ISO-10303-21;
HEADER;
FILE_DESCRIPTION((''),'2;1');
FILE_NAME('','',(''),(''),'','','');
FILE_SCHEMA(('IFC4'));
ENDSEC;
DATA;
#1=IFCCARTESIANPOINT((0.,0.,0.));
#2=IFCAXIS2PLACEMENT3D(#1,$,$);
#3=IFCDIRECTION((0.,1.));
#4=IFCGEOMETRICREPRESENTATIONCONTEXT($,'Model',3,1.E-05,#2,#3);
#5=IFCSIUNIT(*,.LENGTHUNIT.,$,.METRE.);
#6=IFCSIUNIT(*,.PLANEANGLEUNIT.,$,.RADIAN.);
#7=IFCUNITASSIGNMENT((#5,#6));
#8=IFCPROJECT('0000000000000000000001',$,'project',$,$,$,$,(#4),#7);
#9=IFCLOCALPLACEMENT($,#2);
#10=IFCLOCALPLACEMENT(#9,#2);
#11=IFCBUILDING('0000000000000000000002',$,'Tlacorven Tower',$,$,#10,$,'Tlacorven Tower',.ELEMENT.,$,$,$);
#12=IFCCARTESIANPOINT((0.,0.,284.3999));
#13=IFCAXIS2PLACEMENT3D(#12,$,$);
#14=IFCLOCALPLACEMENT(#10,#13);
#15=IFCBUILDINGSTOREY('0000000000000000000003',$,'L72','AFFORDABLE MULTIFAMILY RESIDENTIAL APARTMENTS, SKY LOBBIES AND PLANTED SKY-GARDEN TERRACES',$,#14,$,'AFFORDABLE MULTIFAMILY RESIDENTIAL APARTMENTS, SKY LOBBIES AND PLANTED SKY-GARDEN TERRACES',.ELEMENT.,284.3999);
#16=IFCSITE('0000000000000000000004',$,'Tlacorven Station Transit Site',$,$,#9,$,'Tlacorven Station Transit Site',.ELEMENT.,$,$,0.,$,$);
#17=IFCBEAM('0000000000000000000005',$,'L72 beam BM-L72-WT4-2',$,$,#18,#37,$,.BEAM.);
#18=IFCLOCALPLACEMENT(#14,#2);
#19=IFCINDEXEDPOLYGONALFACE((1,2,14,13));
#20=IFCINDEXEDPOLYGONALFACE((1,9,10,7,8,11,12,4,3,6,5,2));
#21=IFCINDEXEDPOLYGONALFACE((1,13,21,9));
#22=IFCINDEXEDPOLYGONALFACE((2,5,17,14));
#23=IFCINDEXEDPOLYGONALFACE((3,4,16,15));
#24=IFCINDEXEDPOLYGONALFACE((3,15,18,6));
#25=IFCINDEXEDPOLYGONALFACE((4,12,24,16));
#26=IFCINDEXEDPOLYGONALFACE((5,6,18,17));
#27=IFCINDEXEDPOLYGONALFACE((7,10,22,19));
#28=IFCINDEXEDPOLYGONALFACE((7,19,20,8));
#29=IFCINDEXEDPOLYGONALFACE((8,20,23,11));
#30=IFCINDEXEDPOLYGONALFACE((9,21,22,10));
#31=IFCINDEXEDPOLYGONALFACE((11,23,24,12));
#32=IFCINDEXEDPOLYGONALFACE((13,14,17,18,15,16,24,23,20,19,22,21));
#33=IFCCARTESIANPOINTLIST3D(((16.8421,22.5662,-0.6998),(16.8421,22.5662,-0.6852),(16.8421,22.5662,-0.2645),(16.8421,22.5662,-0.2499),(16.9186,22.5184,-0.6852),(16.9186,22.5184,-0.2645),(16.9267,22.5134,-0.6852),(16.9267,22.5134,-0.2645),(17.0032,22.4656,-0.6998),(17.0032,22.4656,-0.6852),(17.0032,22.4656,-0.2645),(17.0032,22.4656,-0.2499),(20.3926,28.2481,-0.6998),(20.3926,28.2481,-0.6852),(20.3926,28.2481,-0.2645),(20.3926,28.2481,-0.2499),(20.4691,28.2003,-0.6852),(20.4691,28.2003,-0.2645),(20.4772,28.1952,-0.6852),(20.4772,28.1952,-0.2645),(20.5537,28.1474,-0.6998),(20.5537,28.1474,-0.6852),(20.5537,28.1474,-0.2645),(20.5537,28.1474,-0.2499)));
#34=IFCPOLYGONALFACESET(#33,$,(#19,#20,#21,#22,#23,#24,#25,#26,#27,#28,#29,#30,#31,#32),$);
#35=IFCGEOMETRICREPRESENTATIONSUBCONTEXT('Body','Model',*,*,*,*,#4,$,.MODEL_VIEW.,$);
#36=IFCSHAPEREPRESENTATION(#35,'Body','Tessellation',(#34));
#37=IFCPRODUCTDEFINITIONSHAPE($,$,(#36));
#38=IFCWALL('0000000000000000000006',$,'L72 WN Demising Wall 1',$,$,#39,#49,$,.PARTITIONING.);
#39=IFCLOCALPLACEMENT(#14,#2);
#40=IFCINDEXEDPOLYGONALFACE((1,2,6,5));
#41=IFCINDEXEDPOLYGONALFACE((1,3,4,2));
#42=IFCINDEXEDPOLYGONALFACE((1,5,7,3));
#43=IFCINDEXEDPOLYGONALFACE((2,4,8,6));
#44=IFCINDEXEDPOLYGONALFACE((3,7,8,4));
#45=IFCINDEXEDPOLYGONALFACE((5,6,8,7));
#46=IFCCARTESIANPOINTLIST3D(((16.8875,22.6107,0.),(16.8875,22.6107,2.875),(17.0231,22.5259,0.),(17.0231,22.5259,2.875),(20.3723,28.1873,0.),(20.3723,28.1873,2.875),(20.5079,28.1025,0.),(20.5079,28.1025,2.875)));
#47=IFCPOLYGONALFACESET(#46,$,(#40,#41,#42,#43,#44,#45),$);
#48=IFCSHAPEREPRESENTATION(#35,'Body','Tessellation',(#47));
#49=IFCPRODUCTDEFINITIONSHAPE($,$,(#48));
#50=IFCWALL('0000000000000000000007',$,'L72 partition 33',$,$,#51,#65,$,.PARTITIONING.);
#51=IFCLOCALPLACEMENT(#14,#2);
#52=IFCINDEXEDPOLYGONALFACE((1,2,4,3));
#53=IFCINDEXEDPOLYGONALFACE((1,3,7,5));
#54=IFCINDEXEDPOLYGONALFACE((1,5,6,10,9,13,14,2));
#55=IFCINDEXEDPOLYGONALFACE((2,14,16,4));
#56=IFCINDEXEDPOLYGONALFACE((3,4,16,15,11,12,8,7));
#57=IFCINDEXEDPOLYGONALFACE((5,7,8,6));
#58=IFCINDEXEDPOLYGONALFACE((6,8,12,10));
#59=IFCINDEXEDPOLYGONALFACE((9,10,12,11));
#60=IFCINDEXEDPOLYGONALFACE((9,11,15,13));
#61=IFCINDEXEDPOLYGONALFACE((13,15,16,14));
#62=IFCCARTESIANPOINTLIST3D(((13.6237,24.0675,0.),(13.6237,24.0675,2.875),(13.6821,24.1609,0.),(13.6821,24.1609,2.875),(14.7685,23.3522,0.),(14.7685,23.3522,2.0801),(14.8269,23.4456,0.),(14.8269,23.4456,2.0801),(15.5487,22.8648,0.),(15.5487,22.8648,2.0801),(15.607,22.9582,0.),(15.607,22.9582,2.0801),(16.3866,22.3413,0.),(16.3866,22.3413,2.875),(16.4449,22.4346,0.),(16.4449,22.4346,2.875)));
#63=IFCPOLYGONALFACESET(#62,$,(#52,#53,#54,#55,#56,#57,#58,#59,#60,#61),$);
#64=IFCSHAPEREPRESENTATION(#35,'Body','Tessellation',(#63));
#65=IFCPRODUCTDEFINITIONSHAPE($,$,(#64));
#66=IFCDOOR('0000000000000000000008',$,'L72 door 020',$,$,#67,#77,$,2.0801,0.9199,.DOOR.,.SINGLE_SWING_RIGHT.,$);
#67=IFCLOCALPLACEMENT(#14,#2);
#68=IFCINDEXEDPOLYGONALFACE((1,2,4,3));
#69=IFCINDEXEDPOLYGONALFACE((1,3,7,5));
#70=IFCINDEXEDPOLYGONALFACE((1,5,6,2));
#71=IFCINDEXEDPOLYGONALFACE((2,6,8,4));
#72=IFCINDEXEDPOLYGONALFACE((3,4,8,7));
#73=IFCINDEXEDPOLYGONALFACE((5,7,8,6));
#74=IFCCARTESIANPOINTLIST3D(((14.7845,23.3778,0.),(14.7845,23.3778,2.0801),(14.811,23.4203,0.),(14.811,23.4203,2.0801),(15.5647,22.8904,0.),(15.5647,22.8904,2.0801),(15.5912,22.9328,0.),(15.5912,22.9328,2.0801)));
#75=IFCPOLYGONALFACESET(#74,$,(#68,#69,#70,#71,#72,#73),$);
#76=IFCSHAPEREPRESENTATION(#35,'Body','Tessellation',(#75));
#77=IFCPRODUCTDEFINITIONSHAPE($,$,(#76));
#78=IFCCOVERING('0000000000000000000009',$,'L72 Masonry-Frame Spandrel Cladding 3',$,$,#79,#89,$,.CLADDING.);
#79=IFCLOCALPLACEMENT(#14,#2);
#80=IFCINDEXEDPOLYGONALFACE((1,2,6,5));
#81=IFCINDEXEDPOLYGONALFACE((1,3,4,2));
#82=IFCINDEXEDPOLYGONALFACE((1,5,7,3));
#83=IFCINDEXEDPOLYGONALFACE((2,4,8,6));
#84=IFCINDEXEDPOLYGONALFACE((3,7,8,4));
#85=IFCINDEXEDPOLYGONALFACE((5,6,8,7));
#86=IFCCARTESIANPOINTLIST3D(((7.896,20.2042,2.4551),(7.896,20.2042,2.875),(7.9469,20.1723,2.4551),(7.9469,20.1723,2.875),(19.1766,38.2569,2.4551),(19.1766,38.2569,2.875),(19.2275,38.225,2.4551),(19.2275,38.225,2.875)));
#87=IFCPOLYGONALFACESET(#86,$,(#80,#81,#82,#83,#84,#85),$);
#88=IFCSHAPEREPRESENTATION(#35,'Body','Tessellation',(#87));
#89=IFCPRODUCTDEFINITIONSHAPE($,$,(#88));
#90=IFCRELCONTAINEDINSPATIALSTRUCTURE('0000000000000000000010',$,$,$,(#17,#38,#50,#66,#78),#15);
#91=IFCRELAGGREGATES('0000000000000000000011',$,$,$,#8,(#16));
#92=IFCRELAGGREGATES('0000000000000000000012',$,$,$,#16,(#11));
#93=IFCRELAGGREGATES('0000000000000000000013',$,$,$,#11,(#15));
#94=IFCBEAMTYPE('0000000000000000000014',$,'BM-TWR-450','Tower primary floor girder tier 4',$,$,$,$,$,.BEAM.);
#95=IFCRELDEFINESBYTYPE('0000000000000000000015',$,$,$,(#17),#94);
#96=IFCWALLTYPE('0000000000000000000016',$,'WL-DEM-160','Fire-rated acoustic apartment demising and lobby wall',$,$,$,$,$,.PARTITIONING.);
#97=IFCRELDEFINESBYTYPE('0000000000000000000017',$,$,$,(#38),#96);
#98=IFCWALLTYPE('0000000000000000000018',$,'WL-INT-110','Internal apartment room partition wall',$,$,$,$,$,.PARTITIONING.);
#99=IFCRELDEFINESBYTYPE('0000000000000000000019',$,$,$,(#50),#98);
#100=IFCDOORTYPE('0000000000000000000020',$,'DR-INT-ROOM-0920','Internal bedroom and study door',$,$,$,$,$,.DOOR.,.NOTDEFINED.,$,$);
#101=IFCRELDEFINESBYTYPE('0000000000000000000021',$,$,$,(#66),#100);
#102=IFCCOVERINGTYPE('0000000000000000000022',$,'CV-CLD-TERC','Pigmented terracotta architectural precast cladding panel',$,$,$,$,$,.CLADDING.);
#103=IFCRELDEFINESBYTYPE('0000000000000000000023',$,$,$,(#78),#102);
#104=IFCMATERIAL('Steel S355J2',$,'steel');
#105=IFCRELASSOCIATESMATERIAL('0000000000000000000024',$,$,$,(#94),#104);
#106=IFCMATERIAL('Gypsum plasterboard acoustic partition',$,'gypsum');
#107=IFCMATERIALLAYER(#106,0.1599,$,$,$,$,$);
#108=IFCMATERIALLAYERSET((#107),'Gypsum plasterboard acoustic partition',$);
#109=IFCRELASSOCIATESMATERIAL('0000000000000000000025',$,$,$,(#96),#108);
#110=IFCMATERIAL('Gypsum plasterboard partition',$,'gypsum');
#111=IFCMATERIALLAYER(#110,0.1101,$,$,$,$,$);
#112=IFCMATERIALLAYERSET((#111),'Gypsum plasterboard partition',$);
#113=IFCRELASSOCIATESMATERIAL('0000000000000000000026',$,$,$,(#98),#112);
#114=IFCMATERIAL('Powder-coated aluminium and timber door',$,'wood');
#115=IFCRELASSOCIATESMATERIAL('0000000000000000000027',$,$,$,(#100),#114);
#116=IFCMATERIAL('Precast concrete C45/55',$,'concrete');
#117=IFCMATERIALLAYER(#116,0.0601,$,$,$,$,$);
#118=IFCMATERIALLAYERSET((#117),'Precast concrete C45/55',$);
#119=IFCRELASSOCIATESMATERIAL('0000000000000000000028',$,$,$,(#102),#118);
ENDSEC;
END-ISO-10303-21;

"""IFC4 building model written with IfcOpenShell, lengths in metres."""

from ifc_helpers import new_model, si_unit, direction, frame, frame_2d, origin, origin_2d, place, context, subcontext, project, spatial, rectangle, i_section, extrude, source, transform, mapped, material, layer, layer_set, material_profile, profile_set, type_object, element, fill, save


model = new_model("IFC4")

# Units and contexts
model_context = context("Model", 3, precision=1e-05, world=origin(), true_north=direction((0.0, 1.0)))
body_context = subcontext(model_context, "Body", "Model", "MODEL_VIEW")
ifc_project = project(units=[si_unit("LENGTHUNIT", "METRE"), si_unit("PLANEANGLEUNIT", "RADIAN")], contexts=[model_context])

# Site, building, storey
site_placement = place(None, origin())
site = spatial("IfcSite", under=ifc_project, at=site_placement, Name="Tlacorven Station Transit Site", LongName="Tlacorven Station Transit Site", CompositionType="ELEMENT", RefElevation=0.0)
building_placement = place(site_placement, origin())
building = spatial("IfcBuilding", under=site, at=building_placement, Name="Tlacorven Tower", LongName="Tlacorven Tower", CompositionType="ELEMENT")
storey_placement = place(building_placement, frame((0.0, 0.0, 284.3999)))
storey = spatial("IfcBuildingStorey", under=building, at=storey_placement, Name="L72", Description="AFFORDABLE MULTIFAMILY RESIDENTIAL APARTMENTS, SKY LOBBIES AND PLANTED SKY-GARDEN TERRACES", LongName="AFFORDABLE MULTIFAMILY RESIDENTIAL APARTMENTS, SKY LOBBIES AND PLANTED SKY-GARDEN TERRACES", CompositionType="ELEMENT", Elevation=284.3999)

# Beam
ifc_material_1 = material(Name="Steel S355J2", Category="steel")
ifc_material_profile_1 = material_profile(ifc_material_1, i_section(OverallWidth=0.1899, OverallDepth=0.45, WebThickness=0.0095, FlangeThickness=0.0146, at=origin_2d()), Name="IPE 450")
ifc_profile_set_1 = profile_set([ifc_material_profile_1], Name="Steel S355J2")
beam_type_1 = type_object("IfcBeamType", Name="BM-TWR-450", Description="Tower primary floor girder tier 4", PredefinedType="BEAM", material=ifc_profile_set_1)
shared_shape_1 = source(origin(), body_context, "Body", "SweptSolid", [
    extrude(i_section(OverallWidth=0.1899, OverallDepth=0.45, WebThickness=0.0095, FlangeThickness=0.0146, at=origin_2d()), origin(), (0.0, 0.0, 1.0), 6.7),
])
beam_1_placement = place(storey_placement, frame((20.4731, 28.1978, -0.4749), z_axis=(-0.52993, -0.848041, 0.0), x_axis=(0.848041, -0.52993, 0.0)))
element("IfcBeam", 1, at=beam_1_placement, inside=storey, type_object=beam_type_1, Name="L72 beam BM-L72-WT4-2", PredefinedType="BEAM", context=body_context, shape_type="MappedRepresentation", body=[
    mapped(shared_shape_1, transform((0.0, 0.0, 0.0), scale=1.0)),
])

# Wall
ifc_material_2 = material(Name="Gypsum plasterboard acoustic partition", Category="gypsum")
ifc_layer_1 = layer(ifc_material_2, 0.1599)
ifc_layer_set_1 = layer_set([ifc_layer_1], Name="Gypsum plasterboard acoustic partition")
wall_type_1 = type_object("IfcWallType", Name="WL-DEM-160", Description="Fire-rated acoustic apartment demising and lobby wall", PredefinedType="PARTITIONING", material=ifc_layer_set_1)
wall_1_placement = place(storey_placement, frame((20.4402, 28.145, 0.0), z_axis=(0.0, 0.0, 1.0), x_axis=(-0.529939, -0.848036, 0.0)))
element("IfcWall", 2, at=wall_1_placement, inside=storey, type_object=wall_type_1, Name="L72 WN Demising Wall 1", PredefinedType="PARTITIONING", context=body_context, shape_type="SweptSolid", body=[
    extrude(rectangle(XDim=6.5759, YDim=0.1599, at=frame_2d((3.2881, 0.0))), origin(), (0.0, 0.0, 1.0), 2.875),
])

# Wall, opening, door
ifc_material_3 = material(Name="Gypsum plasterboard partition", Category="gypsum")
ifc_layer_2 = layer(ifc_material_3, 0.1101)
ifc_layer_set_2 = layer_set([ifc_layer_2], Name="Gypsum plasterboard partition")
wall_type_2 = type_object("IfcWallType", Name="WL-INT-110", Description="Internal apartment room partition wall", PredefinedType="PARTITIONING", material=ifc_layer_set_2)
wall_2_placement = place(storey_placement, frame((16.4158, 22.3879, 0.0), z_axis=(0.0, 0.0, 1.0), x_axis=(-0.84807, 0.529884, 0.0)))
wall_2 = element("IfcWall", 3, at=wall_2_placement, inside=storey, type_object=wall_type_2, Name="L72 partition 33", PredefinedType="PARTITIONING", context=body_context, shape_type="SweptSolid", body=[
    extrude(rectangle(XDim=3.2578, YDim=0.1101, at=frame_2d((1.6289, 0.0))), origin(), (0.0, 0.0, 1.0), 2.875),
])
opening_placement = place(wall_2_placement, frame((0.988, 0.0, 0.0)))
opening = element("IfcOpeningElement", 4, at=opening_placement, cuts=wall_2, PredefinedType="OPENING", context=body_context, shape_type="SweptSolid", body=[
    extrude(rectangle(XDim=0.9199, YDim=2.0801, at=frame_2d((0.46, 1.04))), frame((0.0, 0.0649, 0.0), z_axis=(0.0, -1.0, 0.0), x_axis=(1.0, 0.0, 0.0)), (0.0, 0.0, 1.0), 0.1301),
])
ifc_material_4 = material(Name="Powder-coated aluminium and timber door", Category="wood")
door_type = type_object("IfcDoorType", Name="DR-INT-ROOM-0920", Description="Internal bedroom and study door", OperationType="NOTDEFINED", PredefinedType="DOOR", material=ifc_material_4)
shared_shape_2 = source(origin(), body_context, "Body", "SweptSolid", [
    extrude(rectangle(XDim=0.9199, YDim=2.0801, at=frame_2d((0.46, 1.04))), frame((0.0, 0.0249, 0.0), z_axis=(0.0, -1.0, 0.0), x_axis=(1.0, 0.0, 0.0)), (0.0, 0.0, 1.0), 0.05),
])
door_placement = place(opening_placement, origin())
door = element("IfcDoor", 5, at=door_placement, inside=storey, type_object=door_type, Name="L72 door 020", OperationType="SINGLE_SWING_RIGHT", OverallHeight=2.0801, OverallWidth=0.9199, PredefinedType="DOOR", context=body_context, shape_type="MappedRepresentation", body=[
    mapped(shared_shape_2, transform((0.0, 0.0, 0.0), scale=1.0)),
])
fill(opening, door)

# Covering
ifc_material_5 = material(Name="Precast concrete C45/55", Category="concrete")
ifc_layer_3 = layer(ifc_material_5, 0.0601)
ifc_layer_set_3 = layer_set([ifc_layer_3], Name="Precast concrete C45/55")
covering_type = type_object("IfcCoveringType", Name="CV-CLD-TERC", Description="Pigmented terracotta architectural precast cladding panel", PredefinedType="CLADDING", material=ifc_layer_set_3)
shared_shape_3 = source(origin(), body_context, "Body", "SweptSolid", [
    extrude(rectangle(XDim=21.2874, YDim=0.0601, at=origin_2d()), origin(), (0.0, 0.0, 1.0), 0.4199),
])
covering_placement = place(storey_placement, frame((13.5618, 29.2146, 2.4551), z_axis=(0.0, 0.0, 1.0), x_axis=(0.529919, 0.848048, 0.0)))
element("IfcCovering", 6, at=covering_placement, inside=storey, type_object=covering_type, Name="L72 Masonry-Frame Spandrel Cladding 3", PredefinedType="CLADDING", context=body_context, shape_type="MappedRepresentation", body=[
    mapped(shared_shape_3, transform((0.0, 0.0, 0.0), scale=1.0)),
])

save(model, "model.ifc")
